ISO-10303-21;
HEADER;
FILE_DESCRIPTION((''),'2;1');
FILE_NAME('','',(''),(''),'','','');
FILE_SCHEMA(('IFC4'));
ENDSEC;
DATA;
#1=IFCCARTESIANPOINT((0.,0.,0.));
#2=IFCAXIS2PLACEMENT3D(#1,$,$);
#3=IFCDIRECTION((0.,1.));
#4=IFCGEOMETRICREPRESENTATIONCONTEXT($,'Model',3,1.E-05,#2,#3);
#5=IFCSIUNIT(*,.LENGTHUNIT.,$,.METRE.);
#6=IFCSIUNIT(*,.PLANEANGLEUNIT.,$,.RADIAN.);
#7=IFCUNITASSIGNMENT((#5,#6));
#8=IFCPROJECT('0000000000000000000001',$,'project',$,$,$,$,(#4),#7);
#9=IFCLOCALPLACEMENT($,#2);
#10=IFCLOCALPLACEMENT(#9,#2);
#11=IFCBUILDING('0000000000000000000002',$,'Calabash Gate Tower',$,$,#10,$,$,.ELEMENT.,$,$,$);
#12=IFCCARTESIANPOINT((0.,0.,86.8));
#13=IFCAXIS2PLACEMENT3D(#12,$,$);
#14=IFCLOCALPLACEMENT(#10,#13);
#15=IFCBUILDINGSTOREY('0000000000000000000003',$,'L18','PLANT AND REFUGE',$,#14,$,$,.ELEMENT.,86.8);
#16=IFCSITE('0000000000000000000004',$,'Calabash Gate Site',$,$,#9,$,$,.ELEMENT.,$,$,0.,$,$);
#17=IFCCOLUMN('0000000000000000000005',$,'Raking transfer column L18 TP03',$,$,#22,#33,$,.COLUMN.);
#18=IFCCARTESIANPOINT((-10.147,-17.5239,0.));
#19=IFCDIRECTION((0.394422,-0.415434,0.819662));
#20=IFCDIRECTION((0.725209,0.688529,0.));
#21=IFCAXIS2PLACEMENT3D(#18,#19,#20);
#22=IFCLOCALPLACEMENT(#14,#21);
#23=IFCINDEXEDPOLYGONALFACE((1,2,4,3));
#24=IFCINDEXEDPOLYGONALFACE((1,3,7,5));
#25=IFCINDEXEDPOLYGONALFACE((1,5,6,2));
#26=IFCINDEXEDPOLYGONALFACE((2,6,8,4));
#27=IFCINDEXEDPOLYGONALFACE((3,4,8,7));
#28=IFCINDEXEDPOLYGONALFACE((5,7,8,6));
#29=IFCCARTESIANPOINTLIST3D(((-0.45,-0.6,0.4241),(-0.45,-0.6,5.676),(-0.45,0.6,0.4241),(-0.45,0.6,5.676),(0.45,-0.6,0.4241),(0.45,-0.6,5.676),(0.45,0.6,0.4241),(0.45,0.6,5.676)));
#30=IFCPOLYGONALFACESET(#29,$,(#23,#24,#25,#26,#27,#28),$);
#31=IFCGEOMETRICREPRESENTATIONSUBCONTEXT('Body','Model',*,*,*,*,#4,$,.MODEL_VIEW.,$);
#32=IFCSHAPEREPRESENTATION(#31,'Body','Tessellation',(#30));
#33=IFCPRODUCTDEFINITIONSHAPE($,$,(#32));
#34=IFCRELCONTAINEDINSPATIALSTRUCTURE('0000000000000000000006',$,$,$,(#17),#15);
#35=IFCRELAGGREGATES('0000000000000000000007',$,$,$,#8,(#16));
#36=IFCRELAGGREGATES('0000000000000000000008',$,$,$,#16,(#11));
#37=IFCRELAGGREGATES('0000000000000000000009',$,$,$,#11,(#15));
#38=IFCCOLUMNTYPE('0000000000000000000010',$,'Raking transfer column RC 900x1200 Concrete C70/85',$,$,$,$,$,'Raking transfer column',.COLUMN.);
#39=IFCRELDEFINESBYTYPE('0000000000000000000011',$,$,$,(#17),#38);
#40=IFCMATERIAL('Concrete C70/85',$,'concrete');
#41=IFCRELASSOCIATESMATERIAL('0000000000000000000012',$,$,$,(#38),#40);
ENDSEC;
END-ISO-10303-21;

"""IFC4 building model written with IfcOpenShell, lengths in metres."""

from ifc_helpers import new_model, si_unit, direction, frame, origin, origin_2d, place, context, subcontext, project, spatial, rectangle, extrude, clip, halfspace, material, material_profile, profile_set, type_object, element, save


model = new_model("IFC4")

# Units and contexts
model_context = context("Model", 3, precision=1e-05, world=origin(), true_north=direction((0.0, 1.0)))
body_context = subcontext(model_context, "Body", "Model", "MODEL_VIEW")
ifc_project = project(units=[si_unit("LENGTHUNIT", "METRE"), si_unit("PLANEANGLEUNIT", "RADIAN")], contexts=[model_context])

# Site, building, storey
site_placement = place(None, origin())
site = spatial("IfcSite", under=ifc_project, at=site_placement, Name="Calabash Gate Site", CompositionType="ELEMENT", RefElevation=0.0)
building_placement = place(site_placement, origin())
building = spatial("IfcBuilding", under=site, at=building_placement, Name="Calabash Gate Tower", CompositionType="ELEMENT")
storey_placement = place(building_placement, frame((0.0, 0.0, 86.8)))
storey = spatial("IfcBuildingStorey", under=building, at=storey_placement, Name="L18", Description="PLANT AND REFUGE", CompositionType="ELEMENT", Elevation=86.8)

# Column
ifc_material_1 = material(Name="Concrete C70/85", Category="concrete")
ifc_material_profile_1 = material_profile(ifc_material_1, rectangle(XDim=0.8999, YDim=1.2, at=origin_2d()))
ifc_profile_set_1 = profile_set([ifc_material_profile_1], Name="Concrete C70/85")
column_type = type_object("IfcColumnType", Name="Raking transfer column RC 900x1200 Concrete C70/85", ElementType="Raking transfer column", PredefinedType="COLUMN", material=ifc_profile_set_1)
column_placement = place(storey_placement, frame((-10.147, -17.5239, 0.0), z_axis=(0.394422, -0.415434, 0.819662), x_axis=(0.725209, 0.688529, 0.0)))
element("IfcColumn", 1, at=column_placement, inside=storey, type_object=column_type, Name="Raking transfer column L18 TP03", PredefinedType="COLUMN", context=body_context, shape_type="Clipping", body=[
    clip(clip(extrude(rectangle(XDim=0.8999, YDim=1.2, at=origin_2d()), origin(), (0.0, 0.0, 1.0), 6.1001), halfspace(frame((0.0, 0.0, 0.4241), z_axis=(0.0, 0.0, 1.0), x_axis=(1.0, 0.0, 0.0)), True)), halfspace(frame((0.0, 0.0, 5.676), z_axis=(0.0, 0.0, 1.0), x_axis=(1.0, 0.0, 0.0)), False)),
])

save(model, "model.ifc")
